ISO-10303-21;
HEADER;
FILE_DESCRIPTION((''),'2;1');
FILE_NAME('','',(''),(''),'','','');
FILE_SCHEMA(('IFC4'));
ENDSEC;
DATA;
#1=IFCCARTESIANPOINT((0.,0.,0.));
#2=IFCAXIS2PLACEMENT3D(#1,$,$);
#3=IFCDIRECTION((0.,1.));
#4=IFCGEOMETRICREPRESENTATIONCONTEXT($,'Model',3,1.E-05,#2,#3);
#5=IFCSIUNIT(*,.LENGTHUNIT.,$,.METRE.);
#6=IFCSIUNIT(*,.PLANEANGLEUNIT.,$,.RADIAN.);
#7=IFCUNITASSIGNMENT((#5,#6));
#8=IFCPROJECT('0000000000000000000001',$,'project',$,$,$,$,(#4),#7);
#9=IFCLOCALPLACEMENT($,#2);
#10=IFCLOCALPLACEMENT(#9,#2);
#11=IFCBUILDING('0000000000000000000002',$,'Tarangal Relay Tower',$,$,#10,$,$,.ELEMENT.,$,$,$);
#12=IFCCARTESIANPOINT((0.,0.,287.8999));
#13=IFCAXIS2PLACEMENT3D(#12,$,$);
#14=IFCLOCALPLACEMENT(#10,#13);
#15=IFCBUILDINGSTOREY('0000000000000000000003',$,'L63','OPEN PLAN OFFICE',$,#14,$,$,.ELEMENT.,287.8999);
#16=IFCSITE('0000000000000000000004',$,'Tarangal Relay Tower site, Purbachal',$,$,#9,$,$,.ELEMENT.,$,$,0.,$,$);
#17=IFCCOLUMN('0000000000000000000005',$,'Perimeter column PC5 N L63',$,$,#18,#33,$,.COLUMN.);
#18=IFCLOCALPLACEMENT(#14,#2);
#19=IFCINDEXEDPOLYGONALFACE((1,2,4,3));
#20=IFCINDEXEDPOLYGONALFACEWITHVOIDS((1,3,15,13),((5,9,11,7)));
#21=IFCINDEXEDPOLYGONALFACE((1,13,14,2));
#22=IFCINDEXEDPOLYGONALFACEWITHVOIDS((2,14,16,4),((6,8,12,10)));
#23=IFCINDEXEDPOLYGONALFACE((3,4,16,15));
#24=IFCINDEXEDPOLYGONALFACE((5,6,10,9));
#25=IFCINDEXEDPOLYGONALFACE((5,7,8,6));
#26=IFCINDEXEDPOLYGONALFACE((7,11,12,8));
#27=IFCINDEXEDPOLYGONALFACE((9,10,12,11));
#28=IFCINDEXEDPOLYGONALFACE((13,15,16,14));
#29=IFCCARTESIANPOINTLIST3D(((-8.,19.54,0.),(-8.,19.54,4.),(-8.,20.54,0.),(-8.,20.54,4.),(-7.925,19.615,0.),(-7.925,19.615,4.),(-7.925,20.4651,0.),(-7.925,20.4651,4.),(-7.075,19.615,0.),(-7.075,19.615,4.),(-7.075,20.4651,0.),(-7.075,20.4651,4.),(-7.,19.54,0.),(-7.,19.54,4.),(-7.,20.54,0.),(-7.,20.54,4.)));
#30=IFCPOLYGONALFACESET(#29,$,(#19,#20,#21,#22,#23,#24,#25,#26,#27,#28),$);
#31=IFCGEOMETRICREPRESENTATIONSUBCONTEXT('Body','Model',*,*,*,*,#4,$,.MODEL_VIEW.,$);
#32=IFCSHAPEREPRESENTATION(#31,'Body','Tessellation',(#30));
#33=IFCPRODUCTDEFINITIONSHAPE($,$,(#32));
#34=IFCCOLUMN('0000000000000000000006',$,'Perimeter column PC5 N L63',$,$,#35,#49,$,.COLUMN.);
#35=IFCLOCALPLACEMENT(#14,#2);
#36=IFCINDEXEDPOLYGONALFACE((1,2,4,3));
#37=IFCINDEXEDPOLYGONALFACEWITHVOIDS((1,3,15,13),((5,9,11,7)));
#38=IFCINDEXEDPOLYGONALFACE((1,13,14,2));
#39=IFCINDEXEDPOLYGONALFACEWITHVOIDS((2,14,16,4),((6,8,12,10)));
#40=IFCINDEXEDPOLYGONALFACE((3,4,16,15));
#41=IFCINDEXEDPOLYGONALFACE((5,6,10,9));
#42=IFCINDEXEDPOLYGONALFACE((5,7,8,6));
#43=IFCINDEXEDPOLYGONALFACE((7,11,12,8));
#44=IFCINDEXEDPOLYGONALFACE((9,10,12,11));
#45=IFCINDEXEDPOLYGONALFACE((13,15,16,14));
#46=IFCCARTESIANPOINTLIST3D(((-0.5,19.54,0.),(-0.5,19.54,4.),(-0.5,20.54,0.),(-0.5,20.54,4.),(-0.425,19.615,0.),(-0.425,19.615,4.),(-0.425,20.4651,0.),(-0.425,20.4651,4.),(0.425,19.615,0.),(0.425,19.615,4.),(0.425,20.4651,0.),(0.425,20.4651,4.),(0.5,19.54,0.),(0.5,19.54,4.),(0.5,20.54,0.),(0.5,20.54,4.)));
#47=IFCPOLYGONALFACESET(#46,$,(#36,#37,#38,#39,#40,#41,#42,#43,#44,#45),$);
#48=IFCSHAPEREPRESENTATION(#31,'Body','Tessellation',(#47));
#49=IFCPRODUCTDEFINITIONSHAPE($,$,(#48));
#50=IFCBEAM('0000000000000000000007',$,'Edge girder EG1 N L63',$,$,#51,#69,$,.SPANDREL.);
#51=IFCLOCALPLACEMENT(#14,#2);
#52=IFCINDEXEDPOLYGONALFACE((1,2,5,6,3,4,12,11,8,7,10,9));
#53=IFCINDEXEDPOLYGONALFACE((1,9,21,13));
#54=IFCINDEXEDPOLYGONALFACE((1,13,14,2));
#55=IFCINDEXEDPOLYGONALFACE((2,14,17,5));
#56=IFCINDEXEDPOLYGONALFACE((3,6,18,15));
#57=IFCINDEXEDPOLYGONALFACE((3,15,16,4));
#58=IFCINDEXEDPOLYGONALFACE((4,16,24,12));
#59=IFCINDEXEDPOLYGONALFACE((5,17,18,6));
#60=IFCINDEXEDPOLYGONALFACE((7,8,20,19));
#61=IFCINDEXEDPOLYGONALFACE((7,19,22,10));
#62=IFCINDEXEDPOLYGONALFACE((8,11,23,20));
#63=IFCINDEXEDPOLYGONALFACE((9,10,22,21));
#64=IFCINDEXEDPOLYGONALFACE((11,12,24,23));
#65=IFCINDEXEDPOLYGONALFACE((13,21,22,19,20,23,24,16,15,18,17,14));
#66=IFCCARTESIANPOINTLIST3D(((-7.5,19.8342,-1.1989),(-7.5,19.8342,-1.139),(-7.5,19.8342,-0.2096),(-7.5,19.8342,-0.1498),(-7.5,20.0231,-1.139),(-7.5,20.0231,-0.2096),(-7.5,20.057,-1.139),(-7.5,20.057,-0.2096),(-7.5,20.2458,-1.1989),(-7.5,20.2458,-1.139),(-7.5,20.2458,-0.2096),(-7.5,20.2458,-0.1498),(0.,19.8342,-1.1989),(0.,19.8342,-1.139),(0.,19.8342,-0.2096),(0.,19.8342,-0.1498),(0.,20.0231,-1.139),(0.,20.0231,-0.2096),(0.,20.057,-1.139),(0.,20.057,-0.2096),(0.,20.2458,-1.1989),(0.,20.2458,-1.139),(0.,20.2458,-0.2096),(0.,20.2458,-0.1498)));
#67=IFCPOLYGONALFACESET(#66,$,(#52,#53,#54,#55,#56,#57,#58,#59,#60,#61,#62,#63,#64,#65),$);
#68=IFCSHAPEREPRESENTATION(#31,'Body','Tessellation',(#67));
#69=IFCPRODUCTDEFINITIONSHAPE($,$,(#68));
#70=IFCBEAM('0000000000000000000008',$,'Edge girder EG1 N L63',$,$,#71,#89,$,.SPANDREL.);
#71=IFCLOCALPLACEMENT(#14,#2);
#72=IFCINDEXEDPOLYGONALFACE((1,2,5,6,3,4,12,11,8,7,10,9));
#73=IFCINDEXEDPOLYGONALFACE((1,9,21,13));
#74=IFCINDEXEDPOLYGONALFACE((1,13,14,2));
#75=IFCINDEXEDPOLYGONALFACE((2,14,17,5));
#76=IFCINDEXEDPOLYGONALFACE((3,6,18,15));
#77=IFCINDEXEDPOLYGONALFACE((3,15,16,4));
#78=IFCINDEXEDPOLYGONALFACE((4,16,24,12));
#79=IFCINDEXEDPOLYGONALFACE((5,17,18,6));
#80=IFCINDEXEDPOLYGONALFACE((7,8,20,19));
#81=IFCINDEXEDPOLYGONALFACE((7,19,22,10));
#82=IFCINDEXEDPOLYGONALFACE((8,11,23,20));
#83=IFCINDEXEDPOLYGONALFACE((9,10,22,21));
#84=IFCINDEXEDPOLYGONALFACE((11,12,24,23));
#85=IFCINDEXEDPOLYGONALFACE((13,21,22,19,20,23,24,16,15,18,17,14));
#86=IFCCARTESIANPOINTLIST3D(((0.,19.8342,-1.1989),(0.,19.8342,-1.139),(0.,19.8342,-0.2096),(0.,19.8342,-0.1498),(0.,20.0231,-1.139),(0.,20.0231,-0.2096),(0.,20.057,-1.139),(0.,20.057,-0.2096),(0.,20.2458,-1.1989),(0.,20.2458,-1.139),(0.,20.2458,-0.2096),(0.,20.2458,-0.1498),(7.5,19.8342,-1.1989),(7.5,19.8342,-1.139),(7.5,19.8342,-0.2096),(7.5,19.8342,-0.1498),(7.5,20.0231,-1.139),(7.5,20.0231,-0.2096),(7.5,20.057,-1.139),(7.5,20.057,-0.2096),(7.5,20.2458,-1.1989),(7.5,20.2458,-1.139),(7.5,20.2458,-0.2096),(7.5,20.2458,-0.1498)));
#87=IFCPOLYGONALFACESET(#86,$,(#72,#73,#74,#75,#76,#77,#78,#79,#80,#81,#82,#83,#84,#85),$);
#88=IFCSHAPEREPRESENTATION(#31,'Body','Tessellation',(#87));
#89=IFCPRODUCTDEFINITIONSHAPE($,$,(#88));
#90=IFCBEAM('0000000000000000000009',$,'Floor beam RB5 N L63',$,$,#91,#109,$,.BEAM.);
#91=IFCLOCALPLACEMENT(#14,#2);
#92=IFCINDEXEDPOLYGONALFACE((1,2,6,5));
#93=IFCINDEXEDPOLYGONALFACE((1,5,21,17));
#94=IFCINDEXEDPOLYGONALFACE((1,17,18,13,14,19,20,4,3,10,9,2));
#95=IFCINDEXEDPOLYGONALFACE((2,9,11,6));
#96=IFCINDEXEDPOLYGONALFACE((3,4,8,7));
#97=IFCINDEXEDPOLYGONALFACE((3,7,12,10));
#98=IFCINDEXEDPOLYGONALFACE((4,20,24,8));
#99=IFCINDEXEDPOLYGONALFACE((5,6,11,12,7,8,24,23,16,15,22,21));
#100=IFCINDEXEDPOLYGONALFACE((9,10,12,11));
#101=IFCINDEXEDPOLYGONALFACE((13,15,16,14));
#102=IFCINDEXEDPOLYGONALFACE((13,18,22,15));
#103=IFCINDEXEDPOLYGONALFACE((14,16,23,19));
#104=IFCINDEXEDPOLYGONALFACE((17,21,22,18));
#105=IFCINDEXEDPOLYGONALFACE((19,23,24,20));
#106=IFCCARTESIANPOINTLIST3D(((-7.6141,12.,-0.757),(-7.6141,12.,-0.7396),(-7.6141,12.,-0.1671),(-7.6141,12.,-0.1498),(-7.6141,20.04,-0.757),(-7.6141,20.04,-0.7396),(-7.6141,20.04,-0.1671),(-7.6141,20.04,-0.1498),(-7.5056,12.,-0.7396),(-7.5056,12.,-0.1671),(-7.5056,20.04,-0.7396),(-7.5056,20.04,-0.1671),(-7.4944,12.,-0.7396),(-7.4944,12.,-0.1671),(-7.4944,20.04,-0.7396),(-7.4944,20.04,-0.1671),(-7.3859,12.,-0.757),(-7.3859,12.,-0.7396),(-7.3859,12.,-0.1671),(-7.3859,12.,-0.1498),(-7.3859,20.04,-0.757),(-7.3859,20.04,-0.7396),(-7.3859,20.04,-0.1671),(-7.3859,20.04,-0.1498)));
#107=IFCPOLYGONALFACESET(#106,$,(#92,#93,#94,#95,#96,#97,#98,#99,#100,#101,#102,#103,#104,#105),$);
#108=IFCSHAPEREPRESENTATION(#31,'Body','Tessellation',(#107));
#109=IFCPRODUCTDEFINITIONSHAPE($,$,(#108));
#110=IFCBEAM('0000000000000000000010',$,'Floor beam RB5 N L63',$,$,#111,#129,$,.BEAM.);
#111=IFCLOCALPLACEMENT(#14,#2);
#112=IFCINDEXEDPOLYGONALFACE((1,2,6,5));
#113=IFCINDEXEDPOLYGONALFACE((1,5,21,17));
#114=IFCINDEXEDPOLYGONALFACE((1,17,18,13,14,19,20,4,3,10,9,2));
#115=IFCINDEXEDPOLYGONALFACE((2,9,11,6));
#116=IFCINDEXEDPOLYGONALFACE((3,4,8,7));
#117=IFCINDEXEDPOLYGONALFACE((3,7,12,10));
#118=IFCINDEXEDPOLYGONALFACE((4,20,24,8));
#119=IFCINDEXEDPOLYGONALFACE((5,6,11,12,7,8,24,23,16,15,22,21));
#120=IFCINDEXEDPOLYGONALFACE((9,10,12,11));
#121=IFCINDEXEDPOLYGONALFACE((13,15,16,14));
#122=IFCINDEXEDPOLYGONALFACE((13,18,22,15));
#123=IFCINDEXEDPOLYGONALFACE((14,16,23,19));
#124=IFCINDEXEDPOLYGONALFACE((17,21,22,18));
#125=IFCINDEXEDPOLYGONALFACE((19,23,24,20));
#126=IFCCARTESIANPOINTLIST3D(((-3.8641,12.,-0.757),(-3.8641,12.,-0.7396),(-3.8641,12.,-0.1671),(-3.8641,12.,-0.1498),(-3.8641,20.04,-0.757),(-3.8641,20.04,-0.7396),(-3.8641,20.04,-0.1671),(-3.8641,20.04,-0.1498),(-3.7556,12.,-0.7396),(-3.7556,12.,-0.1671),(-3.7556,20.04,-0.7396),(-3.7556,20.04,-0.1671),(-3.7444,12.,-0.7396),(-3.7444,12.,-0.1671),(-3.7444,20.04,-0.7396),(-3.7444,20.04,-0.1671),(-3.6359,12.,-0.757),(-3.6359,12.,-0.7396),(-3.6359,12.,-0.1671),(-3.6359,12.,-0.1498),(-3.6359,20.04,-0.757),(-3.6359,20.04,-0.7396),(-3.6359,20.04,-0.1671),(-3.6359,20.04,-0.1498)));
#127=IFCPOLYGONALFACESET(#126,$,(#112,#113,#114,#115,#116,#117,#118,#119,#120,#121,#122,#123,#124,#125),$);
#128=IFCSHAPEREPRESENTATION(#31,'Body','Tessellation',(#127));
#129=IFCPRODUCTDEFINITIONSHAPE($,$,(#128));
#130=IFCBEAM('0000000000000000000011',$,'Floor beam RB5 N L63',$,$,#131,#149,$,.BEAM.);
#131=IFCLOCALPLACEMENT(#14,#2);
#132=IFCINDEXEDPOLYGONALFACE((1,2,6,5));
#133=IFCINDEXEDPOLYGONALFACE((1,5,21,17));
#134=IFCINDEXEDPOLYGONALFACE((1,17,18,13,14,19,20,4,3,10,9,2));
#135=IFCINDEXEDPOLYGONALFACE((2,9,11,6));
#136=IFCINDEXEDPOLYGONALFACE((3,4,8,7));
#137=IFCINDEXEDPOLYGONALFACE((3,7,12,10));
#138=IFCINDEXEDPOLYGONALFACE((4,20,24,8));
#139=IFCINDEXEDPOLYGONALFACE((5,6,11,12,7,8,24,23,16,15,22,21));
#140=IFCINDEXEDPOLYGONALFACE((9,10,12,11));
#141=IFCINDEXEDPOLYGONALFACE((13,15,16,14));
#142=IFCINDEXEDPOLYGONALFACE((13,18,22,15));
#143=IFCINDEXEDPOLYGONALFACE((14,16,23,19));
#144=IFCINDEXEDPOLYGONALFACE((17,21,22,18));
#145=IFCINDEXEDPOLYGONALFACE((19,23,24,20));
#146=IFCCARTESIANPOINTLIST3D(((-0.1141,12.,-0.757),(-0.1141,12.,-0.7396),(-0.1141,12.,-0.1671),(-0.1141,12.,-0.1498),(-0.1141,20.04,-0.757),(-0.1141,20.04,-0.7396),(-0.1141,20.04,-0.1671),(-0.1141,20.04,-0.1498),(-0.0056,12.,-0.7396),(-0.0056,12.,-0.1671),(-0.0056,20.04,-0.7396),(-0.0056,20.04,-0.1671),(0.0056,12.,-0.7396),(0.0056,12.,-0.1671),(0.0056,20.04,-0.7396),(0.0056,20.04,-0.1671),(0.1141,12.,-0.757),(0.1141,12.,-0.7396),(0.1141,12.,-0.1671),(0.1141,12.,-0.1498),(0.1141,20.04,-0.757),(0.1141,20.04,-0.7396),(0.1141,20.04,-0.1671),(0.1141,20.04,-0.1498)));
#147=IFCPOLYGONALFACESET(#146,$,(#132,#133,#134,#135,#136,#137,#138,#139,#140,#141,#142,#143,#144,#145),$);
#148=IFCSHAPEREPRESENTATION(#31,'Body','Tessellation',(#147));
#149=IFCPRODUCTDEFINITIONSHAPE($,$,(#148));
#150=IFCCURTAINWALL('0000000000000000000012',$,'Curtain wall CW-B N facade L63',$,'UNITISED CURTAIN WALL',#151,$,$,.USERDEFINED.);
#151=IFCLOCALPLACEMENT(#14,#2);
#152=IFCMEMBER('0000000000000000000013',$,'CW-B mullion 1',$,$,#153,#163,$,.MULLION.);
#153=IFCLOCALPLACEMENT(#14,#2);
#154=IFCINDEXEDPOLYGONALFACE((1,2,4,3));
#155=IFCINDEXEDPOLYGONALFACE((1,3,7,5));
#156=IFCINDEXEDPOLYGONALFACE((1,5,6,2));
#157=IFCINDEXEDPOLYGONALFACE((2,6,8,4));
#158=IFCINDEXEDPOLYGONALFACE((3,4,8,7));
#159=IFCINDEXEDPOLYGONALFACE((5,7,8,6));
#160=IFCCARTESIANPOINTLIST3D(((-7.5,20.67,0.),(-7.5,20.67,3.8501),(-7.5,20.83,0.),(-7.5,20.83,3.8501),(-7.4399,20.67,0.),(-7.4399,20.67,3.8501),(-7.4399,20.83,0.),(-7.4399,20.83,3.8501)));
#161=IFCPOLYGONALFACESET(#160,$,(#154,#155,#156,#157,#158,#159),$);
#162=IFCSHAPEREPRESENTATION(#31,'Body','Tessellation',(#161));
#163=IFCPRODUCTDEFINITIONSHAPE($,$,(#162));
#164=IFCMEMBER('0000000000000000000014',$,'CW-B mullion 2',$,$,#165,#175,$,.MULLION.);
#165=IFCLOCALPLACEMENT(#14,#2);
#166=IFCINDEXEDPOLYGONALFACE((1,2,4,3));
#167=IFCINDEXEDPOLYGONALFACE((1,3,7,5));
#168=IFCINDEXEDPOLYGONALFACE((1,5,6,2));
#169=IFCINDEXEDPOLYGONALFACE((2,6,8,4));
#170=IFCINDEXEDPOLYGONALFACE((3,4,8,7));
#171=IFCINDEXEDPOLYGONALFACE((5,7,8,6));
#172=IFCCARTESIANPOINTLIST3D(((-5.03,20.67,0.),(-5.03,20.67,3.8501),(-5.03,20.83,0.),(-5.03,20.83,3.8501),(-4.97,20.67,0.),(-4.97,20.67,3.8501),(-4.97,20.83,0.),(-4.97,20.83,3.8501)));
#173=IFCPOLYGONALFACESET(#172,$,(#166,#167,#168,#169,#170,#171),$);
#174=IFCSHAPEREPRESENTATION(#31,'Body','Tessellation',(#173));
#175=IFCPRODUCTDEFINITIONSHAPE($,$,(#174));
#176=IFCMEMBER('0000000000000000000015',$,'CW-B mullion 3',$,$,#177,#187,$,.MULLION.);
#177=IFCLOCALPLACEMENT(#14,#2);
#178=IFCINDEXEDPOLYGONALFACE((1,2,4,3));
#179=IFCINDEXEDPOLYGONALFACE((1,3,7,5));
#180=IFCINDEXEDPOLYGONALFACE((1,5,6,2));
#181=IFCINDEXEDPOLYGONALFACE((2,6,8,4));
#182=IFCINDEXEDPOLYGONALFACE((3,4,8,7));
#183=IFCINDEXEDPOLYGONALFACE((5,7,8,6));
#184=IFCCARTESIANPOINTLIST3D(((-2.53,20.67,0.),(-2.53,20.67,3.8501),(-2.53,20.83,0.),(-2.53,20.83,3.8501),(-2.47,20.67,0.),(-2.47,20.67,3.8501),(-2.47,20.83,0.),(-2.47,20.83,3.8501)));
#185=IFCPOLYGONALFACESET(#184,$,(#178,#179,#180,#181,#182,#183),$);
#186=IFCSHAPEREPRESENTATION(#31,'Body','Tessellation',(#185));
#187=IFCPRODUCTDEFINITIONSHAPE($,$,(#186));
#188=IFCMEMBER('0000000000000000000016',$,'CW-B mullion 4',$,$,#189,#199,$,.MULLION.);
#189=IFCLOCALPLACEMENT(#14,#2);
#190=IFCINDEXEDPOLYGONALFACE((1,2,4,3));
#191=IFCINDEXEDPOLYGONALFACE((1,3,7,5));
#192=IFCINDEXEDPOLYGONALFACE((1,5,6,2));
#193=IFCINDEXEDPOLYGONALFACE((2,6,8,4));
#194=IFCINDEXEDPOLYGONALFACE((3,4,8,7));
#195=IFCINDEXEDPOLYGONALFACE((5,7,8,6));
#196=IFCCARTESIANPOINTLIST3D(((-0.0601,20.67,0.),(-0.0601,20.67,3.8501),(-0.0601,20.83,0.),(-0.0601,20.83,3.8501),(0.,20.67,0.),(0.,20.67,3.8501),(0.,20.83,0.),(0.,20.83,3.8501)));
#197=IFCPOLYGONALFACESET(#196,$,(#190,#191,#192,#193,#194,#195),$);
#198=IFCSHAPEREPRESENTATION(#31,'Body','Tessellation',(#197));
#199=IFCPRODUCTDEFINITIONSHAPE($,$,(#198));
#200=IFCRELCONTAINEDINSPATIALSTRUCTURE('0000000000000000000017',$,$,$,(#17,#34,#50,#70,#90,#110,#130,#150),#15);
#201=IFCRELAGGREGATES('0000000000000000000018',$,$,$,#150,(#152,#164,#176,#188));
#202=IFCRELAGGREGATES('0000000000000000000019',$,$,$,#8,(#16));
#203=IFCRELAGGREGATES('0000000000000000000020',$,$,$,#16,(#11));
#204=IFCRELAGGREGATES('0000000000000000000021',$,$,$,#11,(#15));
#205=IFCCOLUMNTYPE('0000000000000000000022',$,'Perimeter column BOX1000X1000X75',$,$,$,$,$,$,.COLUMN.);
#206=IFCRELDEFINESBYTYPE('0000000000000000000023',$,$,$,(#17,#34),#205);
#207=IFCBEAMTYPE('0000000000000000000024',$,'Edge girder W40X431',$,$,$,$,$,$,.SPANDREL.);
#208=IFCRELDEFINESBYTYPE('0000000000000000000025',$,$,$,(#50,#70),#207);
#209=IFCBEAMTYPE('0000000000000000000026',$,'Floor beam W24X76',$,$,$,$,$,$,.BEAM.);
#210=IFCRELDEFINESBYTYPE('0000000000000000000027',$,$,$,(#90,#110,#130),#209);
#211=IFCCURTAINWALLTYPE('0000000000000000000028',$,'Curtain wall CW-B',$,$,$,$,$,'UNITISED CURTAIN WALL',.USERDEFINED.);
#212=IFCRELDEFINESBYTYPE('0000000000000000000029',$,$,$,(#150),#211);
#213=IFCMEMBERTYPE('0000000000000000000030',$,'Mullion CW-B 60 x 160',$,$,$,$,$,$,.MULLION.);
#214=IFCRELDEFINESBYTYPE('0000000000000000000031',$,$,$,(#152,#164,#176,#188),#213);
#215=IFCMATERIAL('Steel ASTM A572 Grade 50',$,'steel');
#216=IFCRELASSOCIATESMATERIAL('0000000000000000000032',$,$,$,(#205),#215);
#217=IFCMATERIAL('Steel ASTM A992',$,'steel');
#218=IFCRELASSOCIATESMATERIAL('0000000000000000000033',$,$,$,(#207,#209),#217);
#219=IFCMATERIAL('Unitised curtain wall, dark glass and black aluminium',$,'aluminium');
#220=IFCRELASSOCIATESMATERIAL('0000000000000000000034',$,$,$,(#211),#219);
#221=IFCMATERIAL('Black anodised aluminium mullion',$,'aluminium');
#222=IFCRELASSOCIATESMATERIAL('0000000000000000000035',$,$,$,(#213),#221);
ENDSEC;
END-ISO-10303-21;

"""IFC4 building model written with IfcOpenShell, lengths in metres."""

from ifc_helpers import new_model, si_unit, direction, frame, origin, origin_2d, place, context, subcontext, project, spatial, rectangle, hollow_rectangle, i_section, extrude, material, material_profile, profile_set, type_object, element, aggregate, save


model = new_model("IFC4")

# Units and contexts
model_context = context("Model", 3, precision=1e-05, world=origin(), true_north=direction((0.0, 1.0)))
body_context = subcontext(model_context, "Body", "Model", "MODEL_VIEW")
ifc_project = project(units=[si_unit("LENGTHUNIT", "METRE"), si_unit("PLANEANGLEUNIT", "RADIAN")], contexts=[model_context])

# Site, building, storey
site_placement = place(None, origin())
site = spatial("IfcSite", under=ifc_project, at=site_placement, Name="Tarangal Relay Tower site, Purbachal", CompositionType="ELEMENT", RefElevation=0.0)
building_placement = place(site_placement, origin())
building = spatial("IfcBuilding", under=site, at=building_placement, Name="Tarangal Relay Tower", CompositionType="ELEMENT")
storey_placement = place(building_placement, frame((0.0, 0.0, 287.8999)))
storey = spatial("IfcBuildingStorey", under=building, at=storey_placement, Name="L63", Description="OPEN PLAN OFFICE", CompositionType="ELEMENT", Elevation=287.8999)

# Columns
ifc_material_1 = material(Name="Steel ASTM A572 Grade 50", Category="steel")
ifc_material_profile_1 = material_profile(ifc_material_1, hollow_rectangle(XDim=1.0, YDim=1.0, WallThickness=0.075, at=origin_2d()), Name="BOX1000X1000X75")
ifc_profile_set_1 = profile_set([ifc_material_profile_1], Name="Steel ASTM A572 Grade 50")
column_type = type_object("IfcColumnType", Name="Perimeter column BOX1000X1000X75", PredefinedType="COLUMN", material=ifc_profile_set_1)
for number, where, z_axis, x_axis, name in (
    (1, (-7.5, 20.04, 0.0), (0.0, 0.0, 1.0), (1.0, 0.0, 0.0), "Perimeter column PC5 N L63"),
    (2, (0.0, 20.04, 0.0), (0.0, 0.0, 1.0), (1.0, 0.0, 0.0), "Perimeter column PC5 N L63"),
):
    element("IfcColumn", number, at=place(storey_placement, frame(where, z_axis=z_axis, x_axis=x_axis)), inside=storey, type_object=column_type, Name=name, PredefinedType="COLUMN", context=body_context, shape_type="SweptSolid", body=[
        extrude(hollow_rectangle(XDim=1.0, YDim=1.0, WallThickness=0.075, at=origin_2d()), origin(), (0.0, 0.0, 1.0), 4.0),
    ])

# Beams
ifc_material_2 = material(Name="Steel ASTM A992", Category="steel")
ifc_material_profile_2 = material_profile(ifc_material_2, i_section(OverallWidth=0.4116, OverallDepth=1.0491, WebThickness=0.0339, FlangeThickness=0.0598, at=origin_2d()), Name="W40X431")
ifc_profile_set_2 = profile_set([ifc_material_profile_2], Name="Steel ASTM A992")
beam_type_1 = type_object("IfcBeamType", Name="Edge girder W40X431", PredefinedType="SPANDREL", material=ifc_profile_set_2)
for number, where, z_axis, x_axis, name in (
    (3, (-7.5, 20.04, -0.6743), (1.0, 0.0, 0.0), (0.0, 1.0, 0.0), "Edge girder EG1 N L63"),
    (4, (0.0, 20.04, -0.6743), (1.0, 0.0, 0.0), (0.0, 1.0, 0.0), "Edge girder EG1 N L63"),
):
    element("IfcBeam", number, at=place(storey_placement, frame(where, z_axis=z_axis, x_axis=x_axis)), inside=storey, type_object=beam_type_1, Name=name, PredefinedType="SPANDREL", context=body_context, shape_type="SweptSolid", body=[
        extrude(i_section(OverallWidth=0.4116, OverallDepth=1.0491, WebThickness=0.0339, FlangeThickness=0.0598, at=origin_2d()), origin(), (0.0, 0.0, 1.0), 7.5),
    ])
ifc_material_profile_3 = material_profile(ifc_material_2, i_section(OverallWidth=0.2283, OverallDepth=0.6072, WebThickness=0.0112, FlangeThickness=0.0173, at=origin_2d()), Name="W24X76")
ifc_profile_set_3 = profile_set([ifc_material_profile_3], Name="Steel ASTM A992")
beam_type_2 = type_object("IfcBeamType", Name="Floor beam W24X76", PredefinedType="BEAM", material=ifc_profile_set_3)
for number, where, z_axis, x_axis, name in (
    (5, (-7.5, 12.0, -0.4534), (0.0, 1.0, 0.0), (-1.0, 0.0, 0.0), "Floor beam RB5 N L63"),
    (6, (-3.75, 12.0, -0.4534), (0.0, 1.0, 0.0), (-1.0, 0.0, 0.0), "Floor beam RB5 N L63"),
    (7, (0.0, 12.0, -0.4534), (0.0, 1.0, 0.0), (-1.0, 0.0, 0.0), "Floor beam RB5 N L63"),
):
    element("IfcBeam", number, at=place(storey_placement, frame(where, z_axis=z_axis, x_axis=x_axis)), inside=storey, type_object=beam_type_2, Name=name, PredefinedType="BEAM", context=body_context, shape_type="SweptSolid", body=[
        extrude(i_section(OverallWidth=0.2283, OverallDepth=0.6072, WebThickness=0.0112, FlangeThickness=0.0173, at=origin_2d()), origin(), (0.0, 0.0, 1.0), 8.04),
    ])

# Curtain wall, members
ifc_material_3 = material(Name="Unitised curtain wall, dark glass and black aluminium", Category="aluminium")
curtain_wall_type_1 = type_object("IfcCurtainWallType", Name="Curtain wall CW-B", ElementType="UNITISED CURTAIN WALL", PredefinedType="USERDEFINED", material=ifc_material_3)
curtain_wall_1_placement = place(storey_placement, origin())
curtain_wall_1 = element("IfcCurtainWall", 8, at=curtain_wall_1_placement, inside=storey, type_object=curtain_wall_type_1, Name="Curtain wall CW-B N facade L63", ObjectType="UNITISED CURTAIN WALL", PredefinedType="USERDEFINED")
ifc_material_4 = material(Name="Black anodised aluminium mullion", Category="aluminium")
ifc_material_profile_4 = material_profile(ifc_material_4, rectangle(XDim=0.1599, YDim=0.0601, at=origin_2d()), Name="CW-BM 60X160")
ifc_profile_set_4 = profile_set([ifc_material_profile_4], Name="Black anodised aluminium mullion")
member_type_1 = type_object("IfcMemberType", Name="Mullion CW-B 60 x 160", PredefinedType="MULLION", material=ifc_profile_set_4)
member_1_placement = place(storey_placement, frame((-7.47, 20.75, 0.0), z_axis=(0.0, 0.0, 1.0), x_axis=(0.0, 1.0, 0.0)))
member_1 = element("IfcMember", 9, at=member_1_placement, type_object=member_type_1, Name="CW-B mullion 1", PredefinedType="MULLION", context=body_context, shape_type="SweptSolid", body=[
    extrude(rectangle(XDim=0.1599, YDim=0.0601, at=origin_2d()), origin(), (0.0, 0.0, 1.0), 3.8501),
])
member_2_placement = place(storey_placement, frame((-5.0, 20.75, 0.0), z_axis=(0.0, 0.0, 1.0), x_axis=(0.0, 1.0, 0.0)))
member_2 = element("IfcMember", 10, at=member_2_placement, type_object=member_type_1, Name="CW-B mullion 2", PredefinedType="MULLION", context=body_context, shape_type="SweptSolid", body=[
    extrude(rectangle(XDim=0.1599, YDim=0.0601, at=origin_2d()), origin(), (0.0, 0.0, 1.0), 3.8501),
])
member_3_placement = place(storey_placement, frame((-2.5, 20.75, 0.0), z_axis=(0.0, 0.0, 1.0), x_axis=(0.0, 1.0, 0.0)))
member_3 = element("IfcMember", 11, at=member_3_placement, type_object=member_type_1, Name="CW-B mullion 3", PredefinedType="MULLION", context=body_context, shape_type="SweptSolid", body=[
    extrude(rectangle(XDim=0.1599, YDim=0.0601, at=origin_2d()), origin(), (0.0, 0.0, 1.0), 3.8501),
])
member_4_placement = place(storey_placement, frame((-0.03, 20.75, 0.0), z_axis=(0.0, 0.0, 1.0), x_axis=(0.0, 1.0, 0.0)))
member_4 = element("IfcMember", 12, at=member_4_placement, type_object=member_type_1, Name="CW-B mullion 4", PredefinedType="MULLION", context=body_context, shape_type="SweptSolid", body=[
    extrude(rectangle(XDim=0.1599, YDim=0.0601, at=origin_2d()), origin(), (0.0, 0.0, 1.0), 3.8501),
])

aggregate(curtain_wall_1, [member_1, member_2, member_3, member_4])

save(model, "model.ifc")
